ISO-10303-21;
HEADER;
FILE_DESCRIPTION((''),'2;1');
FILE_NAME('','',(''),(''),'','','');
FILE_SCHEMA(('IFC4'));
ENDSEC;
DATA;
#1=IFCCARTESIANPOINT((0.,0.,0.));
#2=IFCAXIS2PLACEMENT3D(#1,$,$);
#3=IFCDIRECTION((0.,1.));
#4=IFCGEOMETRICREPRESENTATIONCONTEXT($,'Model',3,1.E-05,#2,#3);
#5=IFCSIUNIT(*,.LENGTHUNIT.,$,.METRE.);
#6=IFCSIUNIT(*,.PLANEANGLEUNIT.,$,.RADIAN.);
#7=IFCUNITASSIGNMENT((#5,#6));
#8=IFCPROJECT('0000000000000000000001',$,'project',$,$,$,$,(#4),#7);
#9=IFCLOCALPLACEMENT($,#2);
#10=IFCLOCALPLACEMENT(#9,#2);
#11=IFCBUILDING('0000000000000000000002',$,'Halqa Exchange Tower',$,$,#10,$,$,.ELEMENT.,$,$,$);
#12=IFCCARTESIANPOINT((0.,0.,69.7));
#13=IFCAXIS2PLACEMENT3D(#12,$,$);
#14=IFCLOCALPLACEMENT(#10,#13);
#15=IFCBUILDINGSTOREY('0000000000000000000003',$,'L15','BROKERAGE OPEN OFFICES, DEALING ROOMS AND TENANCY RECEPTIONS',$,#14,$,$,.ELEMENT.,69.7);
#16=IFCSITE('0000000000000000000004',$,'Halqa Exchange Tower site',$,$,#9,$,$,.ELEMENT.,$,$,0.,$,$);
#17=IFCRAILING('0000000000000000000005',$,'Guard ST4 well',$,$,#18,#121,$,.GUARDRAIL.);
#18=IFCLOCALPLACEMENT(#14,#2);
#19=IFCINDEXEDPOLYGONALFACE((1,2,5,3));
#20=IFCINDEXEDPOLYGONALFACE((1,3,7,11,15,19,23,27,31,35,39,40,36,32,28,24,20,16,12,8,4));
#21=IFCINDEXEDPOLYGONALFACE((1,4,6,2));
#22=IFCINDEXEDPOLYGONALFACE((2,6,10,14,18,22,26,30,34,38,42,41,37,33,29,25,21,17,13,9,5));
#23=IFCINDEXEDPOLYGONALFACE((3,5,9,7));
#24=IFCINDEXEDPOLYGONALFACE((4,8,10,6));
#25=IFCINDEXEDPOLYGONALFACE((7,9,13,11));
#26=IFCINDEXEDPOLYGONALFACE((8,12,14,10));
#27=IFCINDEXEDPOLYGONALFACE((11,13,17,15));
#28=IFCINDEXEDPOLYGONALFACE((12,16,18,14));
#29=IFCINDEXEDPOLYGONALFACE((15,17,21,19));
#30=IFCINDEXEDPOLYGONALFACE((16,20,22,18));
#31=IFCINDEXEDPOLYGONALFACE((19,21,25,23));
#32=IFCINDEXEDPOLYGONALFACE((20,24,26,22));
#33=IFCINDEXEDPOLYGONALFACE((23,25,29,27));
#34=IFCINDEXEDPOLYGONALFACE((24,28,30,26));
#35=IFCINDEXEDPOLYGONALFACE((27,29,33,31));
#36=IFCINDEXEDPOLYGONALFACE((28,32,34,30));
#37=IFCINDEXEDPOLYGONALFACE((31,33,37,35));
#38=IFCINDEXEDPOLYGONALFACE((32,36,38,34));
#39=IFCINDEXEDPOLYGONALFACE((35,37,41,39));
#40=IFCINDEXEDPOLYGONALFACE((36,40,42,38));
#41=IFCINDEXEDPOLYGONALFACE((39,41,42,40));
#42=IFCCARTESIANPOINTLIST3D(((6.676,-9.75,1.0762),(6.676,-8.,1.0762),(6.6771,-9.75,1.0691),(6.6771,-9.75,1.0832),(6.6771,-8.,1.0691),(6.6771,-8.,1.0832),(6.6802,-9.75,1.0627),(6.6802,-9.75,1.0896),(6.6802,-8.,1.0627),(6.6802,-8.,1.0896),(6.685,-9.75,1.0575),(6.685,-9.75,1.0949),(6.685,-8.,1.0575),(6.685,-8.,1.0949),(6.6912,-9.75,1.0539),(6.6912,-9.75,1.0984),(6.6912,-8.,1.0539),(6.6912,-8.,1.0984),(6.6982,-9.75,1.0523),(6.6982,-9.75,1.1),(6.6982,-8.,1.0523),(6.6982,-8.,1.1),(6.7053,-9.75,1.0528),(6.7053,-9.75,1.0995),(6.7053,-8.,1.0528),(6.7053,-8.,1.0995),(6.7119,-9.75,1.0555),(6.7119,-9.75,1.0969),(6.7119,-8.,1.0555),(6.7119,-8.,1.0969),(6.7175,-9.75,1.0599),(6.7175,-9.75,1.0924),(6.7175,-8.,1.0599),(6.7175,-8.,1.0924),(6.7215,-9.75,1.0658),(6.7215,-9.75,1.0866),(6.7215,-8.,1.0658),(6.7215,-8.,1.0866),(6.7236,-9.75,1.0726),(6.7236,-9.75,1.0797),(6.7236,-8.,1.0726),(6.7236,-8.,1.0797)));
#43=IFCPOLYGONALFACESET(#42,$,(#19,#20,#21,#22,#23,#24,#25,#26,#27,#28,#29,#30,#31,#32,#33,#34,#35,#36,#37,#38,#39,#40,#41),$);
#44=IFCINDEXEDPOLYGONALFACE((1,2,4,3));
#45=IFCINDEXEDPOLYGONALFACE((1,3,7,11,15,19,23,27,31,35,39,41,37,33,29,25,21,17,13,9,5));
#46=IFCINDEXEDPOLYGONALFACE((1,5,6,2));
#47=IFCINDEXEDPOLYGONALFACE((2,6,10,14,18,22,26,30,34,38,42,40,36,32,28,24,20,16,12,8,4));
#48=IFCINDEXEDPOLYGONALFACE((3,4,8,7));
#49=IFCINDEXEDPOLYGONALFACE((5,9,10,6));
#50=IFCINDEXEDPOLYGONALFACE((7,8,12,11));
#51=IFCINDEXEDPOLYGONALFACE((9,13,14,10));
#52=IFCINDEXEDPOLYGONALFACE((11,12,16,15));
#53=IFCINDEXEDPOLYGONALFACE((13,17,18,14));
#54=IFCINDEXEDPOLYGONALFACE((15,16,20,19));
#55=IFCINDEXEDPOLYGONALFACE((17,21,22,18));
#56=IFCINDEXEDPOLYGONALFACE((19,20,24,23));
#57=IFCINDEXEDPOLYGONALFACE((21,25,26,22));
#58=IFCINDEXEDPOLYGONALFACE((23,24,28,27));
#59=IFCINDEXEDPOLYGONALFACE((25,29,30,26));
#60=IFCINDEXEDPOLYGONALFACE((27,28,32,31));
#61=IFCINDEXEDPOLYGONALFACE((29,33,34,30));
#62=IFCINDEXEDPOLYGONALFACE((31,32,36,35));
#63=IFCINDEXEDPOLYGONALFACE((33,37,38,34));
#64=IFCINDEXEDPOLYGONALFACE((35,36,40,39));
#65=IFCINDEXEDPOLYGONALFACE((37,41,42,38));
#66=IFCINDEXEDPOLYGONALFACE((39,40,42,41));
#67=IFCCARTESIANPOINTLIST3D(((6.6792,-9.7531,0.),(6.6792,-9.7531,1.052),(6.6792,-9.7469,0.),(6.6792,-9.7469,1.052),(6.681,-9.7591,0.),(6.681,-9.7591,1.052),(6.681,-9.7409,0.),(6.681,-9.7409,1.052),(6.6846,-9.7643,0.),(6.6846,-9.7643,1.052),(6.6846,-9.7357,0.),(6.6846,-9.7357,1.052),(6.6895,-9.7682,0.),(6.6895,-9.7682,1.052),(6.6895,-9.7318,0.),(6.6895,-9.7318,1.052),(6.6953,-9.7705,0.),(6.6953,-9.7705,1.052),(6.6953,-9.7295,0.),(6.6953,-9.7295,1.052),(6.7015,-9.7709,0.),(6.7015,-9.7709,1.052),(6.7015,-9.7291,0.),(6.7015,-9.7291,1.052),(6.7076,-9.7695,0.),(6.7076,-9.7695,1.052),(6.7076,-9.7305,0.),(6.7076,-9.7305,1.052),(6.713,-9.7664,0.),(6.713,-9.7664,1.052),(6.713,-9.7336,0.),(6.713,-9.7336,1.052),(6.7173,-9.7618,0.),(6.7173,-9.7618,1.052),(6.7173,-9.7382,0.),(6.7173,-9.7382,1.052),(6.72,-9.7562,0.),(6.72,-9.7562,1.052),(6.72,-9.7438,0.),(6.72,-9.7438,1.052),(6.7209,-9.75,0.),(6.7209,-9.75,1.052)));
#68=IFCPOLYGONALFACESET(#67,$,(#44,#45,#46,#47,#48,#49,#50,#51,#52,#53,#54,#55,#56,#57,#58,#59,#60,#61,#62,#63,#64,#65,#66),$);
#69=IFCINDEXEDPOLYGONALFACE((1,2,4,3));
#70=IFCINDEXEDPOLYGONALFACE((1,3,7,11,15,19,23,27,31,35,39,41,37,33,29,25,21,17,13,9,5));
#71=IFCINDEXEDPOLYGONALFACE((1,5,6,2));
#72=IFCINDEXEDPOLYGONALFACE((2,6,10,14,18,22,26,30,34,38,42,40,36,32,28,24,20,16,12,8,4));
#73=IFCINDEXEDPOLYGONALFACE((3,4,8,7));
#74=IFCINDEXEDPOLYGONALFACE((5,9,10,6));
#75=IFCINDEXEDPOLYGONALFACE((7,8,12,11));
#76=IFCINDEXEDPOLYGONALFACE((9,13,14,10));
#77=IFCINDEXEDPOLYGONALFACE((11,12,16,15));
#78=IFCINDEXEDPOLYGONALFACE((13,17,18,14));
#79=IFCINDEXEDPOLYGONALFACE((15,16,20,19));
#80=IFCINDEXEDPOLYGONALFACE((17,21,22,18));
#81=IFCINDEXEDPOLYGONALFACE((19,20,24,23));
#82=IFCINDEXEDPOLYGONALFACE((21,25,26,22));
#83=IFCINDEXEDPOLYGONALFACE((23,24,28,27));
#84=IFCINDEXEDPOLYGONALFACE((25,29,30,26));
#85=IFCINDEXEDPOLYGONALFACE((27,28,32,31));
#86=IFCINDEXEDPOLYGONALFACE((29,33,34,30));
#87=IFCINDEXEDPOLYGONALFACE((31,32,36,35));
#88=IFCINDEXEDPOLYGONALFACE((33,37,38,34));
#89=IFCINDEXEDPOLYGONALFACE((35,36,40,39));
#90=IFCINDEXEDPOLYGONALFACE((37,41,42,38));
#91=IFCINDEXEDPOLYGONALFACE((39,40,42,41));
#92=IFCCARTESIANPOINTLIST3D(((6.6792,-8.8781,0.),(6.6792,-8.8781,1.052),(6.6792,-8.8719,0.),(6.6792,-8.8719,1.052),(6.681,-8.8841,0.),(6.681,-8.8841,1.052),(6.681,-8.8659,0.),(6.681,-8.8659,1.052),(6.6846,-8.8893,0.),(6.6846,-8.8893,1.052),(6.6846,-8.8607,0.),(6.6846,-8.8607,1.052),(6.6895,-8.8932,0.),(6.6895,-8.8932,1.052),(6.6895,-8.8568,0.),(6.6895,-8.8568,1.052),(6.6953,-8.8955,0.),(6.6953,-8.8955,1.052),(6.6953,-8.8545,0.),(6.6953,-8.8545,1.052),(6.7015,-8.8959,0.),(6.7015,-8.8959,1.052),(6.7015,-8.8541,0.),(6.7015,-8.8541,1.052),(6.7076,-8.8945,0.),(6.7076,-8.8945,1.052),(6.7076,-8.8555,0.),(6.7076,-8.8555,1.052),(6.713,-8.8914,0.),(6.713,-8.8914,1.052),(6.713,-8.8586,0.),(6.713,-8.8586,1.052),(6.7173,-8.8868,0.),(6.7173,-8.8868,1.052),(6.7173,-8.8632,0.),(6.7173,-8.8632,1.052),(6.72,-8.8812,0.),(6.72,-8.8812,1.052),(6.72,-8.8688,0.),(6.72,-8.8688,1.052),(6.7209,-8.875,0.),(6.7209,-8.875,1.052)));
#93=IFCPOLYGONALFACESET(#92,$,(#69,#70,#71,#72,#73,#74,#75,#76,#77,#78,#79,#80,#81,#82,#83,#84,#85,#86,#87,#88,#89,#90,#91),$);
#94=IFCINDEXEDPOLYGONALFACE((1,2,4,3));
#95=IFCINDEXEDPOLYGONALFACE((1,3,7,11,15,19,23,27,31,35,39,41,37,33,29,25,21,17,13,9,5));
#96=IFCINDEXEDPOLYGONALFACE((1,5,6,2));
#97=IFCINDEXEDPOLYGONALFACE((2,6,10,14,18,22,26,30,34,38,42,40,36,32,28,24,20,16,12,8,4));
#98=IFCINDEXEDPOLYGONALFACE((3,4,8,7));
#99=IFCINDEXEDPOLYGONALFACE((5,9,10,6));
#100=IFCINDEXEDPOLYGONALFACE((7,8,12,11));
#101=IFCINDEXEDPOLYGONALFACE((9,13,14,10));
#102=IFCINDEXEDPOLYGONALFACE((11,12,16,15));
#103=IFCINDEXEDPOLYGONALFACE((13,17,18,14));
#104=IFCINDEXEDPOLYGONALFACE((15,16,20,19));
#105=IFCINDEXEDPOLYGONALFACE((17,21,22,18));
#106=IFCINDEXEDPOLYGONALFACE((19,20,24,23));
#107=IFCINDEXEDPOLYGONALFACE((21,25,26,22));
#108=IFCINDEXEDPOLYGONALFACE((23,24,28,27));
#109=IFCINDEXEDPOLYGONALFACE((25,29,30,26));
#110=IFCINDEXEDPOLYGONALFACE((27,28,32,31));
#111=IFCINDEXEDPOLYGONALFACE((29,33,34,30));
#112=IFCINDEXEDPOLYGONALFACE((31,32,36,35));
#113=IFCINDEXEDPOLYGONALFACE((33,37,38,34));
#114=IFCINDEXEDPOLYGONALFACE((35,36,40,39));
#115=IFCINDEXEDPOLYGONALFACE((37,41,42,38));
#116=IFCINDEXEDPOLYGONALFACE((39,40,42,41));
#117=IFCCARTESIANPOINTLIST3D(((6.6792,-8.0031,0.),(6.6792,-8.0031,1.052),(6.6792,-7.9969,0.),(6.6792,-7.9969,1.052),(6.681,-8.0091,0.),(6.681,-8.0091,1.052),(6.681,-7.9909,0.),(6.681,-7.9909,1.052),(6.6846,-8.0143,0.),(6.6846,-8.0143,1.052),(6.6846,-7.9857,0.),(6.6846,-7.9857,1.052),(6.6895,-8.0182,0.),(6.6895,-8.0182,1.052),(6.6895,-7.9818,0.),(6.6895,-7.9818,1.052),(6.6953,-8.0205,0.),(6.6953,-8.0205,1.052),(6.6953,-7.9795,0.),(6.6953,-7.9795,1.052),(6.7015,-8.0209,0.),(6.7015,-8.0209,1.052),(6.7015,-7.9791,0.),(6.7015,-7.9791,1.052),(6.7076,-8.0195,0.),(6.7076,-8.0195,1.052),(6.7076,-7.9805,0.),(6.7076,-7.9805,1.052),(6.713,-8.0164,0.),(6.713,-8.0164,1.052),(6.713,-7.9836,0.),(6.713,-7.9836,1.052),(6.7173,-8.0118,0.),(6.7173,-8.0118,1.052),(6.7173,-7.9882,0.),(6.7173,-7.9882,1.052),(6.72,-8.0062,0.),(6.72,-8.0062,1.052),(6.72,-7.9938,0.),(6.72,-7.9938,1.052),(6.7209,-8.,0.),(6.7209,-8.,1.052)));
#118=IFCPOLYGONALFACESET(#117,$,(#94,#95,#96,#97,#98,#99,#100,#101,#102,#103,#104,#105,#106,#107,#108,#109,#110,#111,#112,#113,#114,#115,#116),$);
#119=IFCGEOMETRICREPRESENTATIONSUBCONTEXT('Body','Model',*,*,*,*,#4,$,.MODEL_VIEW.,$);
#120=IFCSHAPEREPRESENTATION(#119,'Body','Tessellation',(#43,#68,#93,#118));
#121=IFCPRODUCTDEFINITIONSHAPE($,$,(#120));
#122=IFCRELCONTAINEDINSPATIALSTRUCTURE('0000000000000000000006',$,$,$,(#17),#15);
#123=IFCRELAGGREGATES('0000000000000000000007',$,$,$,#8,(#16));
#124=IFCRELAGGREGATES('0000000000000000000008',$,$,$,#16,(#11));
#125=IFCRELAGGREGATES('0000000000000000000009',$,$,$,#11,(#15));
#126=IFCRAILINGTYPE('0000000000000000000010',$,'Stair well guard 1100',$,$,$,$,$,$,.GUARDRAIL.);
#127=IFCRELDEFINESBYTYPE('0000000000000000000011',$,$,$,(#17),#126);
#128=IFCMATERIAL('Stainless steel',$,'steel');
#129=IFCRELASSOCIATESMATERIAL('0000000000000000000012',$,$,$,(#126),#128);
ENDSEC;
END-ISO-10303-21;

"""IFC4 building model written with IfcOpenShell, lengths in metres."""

from ifc_helpers import new_model, si_unit, direction, frame, origin, origin_2d, place, context, subcontext, project, spatial, circle, extrude, material, type_object, element, save


model = new_model("IFC4")

# Units and contexts
model_context = context("Model", 3, precision=1e-05, world=origin(), true_north=direction((0.0, 1.0)))
body_context = subcontext(model_context, "Body", "Model", "MODEL_VIEW")
ifc_project = project(units=[si_unit("LENGTHUNIT", "METRE"), si_unit("PLANEANGLEUNIT", "RADIAN")], contexts=[model_context])

# Site, building, storey
site_placement = place(None, origin())
site = spatial("IfcSite", under=ifc_project, at=site_placement, Name="Halqa Exchange Tower site", CompositionType="ELEMENT", RefElevation=0.0)
building_placement = place(site_placement, origin())
building = spatial("IfcBuilding", under=site, at=building_placement, Name="Halqa Exchange Tower", CompositionType="ELEMENT")
storey_placement = place(building_placement, frame((0.0, 0.0, 69.7)))
storey = spatial("IfcBuildingStorey", under=building, at=storey_placement, Name="L15", Description="BROKERAGE OPEN OFFICES, DEALING ROOMS AND TENANCY RECEPTIONS", CompositionType="ELEMENT", Elevation=69.7)

# Railing
ifc_material_1 = material(Name="Stainless steel", Category="steel")
railing_type_1 = type_object("IfcRailingType", Name="Stair well guard 1100", PredefinedType="GUARDRAIL", material=ifc_material_1)
railing_1_placement = place(storey_placement, frame((6.7, -9.75, 0.0)))
element("IfcRailing", 1, at=railing_1_placement, inside=storey, type_object=railing_type_1, Name="Guard ST4 well", PredefinedType="GUARDRAIL", context=body_context, shape_type="SweptSolid", body=[
    extrude(circle(Radius=0.0239, at=origin_2d()), frame((0.0, 0.0, 1.0762), z_axis=(0.0, 1.0, 0.0), x_axis=(-1.0, 0.0, 0.0)), (0.0, 0.0, 1.0), 1.75),
    extrude(circle(Radius=0.021, at=origin_2d()), origin(), (0.0, 0.0, 1.0), 1.052),
    extrude(circle(Radius=0.021, at=origin_2d()), frame((0.0, 0.875, 0.0)), (0.0, 0.0, 1.0), 1.052),
    extrude(circle(Radius=0.021, at=origin_2d()), frame((0.0, 1.75, 0.0)), (0.0, 0.0, 1.0), 1.052),
])

save(model, "model.ifc")
